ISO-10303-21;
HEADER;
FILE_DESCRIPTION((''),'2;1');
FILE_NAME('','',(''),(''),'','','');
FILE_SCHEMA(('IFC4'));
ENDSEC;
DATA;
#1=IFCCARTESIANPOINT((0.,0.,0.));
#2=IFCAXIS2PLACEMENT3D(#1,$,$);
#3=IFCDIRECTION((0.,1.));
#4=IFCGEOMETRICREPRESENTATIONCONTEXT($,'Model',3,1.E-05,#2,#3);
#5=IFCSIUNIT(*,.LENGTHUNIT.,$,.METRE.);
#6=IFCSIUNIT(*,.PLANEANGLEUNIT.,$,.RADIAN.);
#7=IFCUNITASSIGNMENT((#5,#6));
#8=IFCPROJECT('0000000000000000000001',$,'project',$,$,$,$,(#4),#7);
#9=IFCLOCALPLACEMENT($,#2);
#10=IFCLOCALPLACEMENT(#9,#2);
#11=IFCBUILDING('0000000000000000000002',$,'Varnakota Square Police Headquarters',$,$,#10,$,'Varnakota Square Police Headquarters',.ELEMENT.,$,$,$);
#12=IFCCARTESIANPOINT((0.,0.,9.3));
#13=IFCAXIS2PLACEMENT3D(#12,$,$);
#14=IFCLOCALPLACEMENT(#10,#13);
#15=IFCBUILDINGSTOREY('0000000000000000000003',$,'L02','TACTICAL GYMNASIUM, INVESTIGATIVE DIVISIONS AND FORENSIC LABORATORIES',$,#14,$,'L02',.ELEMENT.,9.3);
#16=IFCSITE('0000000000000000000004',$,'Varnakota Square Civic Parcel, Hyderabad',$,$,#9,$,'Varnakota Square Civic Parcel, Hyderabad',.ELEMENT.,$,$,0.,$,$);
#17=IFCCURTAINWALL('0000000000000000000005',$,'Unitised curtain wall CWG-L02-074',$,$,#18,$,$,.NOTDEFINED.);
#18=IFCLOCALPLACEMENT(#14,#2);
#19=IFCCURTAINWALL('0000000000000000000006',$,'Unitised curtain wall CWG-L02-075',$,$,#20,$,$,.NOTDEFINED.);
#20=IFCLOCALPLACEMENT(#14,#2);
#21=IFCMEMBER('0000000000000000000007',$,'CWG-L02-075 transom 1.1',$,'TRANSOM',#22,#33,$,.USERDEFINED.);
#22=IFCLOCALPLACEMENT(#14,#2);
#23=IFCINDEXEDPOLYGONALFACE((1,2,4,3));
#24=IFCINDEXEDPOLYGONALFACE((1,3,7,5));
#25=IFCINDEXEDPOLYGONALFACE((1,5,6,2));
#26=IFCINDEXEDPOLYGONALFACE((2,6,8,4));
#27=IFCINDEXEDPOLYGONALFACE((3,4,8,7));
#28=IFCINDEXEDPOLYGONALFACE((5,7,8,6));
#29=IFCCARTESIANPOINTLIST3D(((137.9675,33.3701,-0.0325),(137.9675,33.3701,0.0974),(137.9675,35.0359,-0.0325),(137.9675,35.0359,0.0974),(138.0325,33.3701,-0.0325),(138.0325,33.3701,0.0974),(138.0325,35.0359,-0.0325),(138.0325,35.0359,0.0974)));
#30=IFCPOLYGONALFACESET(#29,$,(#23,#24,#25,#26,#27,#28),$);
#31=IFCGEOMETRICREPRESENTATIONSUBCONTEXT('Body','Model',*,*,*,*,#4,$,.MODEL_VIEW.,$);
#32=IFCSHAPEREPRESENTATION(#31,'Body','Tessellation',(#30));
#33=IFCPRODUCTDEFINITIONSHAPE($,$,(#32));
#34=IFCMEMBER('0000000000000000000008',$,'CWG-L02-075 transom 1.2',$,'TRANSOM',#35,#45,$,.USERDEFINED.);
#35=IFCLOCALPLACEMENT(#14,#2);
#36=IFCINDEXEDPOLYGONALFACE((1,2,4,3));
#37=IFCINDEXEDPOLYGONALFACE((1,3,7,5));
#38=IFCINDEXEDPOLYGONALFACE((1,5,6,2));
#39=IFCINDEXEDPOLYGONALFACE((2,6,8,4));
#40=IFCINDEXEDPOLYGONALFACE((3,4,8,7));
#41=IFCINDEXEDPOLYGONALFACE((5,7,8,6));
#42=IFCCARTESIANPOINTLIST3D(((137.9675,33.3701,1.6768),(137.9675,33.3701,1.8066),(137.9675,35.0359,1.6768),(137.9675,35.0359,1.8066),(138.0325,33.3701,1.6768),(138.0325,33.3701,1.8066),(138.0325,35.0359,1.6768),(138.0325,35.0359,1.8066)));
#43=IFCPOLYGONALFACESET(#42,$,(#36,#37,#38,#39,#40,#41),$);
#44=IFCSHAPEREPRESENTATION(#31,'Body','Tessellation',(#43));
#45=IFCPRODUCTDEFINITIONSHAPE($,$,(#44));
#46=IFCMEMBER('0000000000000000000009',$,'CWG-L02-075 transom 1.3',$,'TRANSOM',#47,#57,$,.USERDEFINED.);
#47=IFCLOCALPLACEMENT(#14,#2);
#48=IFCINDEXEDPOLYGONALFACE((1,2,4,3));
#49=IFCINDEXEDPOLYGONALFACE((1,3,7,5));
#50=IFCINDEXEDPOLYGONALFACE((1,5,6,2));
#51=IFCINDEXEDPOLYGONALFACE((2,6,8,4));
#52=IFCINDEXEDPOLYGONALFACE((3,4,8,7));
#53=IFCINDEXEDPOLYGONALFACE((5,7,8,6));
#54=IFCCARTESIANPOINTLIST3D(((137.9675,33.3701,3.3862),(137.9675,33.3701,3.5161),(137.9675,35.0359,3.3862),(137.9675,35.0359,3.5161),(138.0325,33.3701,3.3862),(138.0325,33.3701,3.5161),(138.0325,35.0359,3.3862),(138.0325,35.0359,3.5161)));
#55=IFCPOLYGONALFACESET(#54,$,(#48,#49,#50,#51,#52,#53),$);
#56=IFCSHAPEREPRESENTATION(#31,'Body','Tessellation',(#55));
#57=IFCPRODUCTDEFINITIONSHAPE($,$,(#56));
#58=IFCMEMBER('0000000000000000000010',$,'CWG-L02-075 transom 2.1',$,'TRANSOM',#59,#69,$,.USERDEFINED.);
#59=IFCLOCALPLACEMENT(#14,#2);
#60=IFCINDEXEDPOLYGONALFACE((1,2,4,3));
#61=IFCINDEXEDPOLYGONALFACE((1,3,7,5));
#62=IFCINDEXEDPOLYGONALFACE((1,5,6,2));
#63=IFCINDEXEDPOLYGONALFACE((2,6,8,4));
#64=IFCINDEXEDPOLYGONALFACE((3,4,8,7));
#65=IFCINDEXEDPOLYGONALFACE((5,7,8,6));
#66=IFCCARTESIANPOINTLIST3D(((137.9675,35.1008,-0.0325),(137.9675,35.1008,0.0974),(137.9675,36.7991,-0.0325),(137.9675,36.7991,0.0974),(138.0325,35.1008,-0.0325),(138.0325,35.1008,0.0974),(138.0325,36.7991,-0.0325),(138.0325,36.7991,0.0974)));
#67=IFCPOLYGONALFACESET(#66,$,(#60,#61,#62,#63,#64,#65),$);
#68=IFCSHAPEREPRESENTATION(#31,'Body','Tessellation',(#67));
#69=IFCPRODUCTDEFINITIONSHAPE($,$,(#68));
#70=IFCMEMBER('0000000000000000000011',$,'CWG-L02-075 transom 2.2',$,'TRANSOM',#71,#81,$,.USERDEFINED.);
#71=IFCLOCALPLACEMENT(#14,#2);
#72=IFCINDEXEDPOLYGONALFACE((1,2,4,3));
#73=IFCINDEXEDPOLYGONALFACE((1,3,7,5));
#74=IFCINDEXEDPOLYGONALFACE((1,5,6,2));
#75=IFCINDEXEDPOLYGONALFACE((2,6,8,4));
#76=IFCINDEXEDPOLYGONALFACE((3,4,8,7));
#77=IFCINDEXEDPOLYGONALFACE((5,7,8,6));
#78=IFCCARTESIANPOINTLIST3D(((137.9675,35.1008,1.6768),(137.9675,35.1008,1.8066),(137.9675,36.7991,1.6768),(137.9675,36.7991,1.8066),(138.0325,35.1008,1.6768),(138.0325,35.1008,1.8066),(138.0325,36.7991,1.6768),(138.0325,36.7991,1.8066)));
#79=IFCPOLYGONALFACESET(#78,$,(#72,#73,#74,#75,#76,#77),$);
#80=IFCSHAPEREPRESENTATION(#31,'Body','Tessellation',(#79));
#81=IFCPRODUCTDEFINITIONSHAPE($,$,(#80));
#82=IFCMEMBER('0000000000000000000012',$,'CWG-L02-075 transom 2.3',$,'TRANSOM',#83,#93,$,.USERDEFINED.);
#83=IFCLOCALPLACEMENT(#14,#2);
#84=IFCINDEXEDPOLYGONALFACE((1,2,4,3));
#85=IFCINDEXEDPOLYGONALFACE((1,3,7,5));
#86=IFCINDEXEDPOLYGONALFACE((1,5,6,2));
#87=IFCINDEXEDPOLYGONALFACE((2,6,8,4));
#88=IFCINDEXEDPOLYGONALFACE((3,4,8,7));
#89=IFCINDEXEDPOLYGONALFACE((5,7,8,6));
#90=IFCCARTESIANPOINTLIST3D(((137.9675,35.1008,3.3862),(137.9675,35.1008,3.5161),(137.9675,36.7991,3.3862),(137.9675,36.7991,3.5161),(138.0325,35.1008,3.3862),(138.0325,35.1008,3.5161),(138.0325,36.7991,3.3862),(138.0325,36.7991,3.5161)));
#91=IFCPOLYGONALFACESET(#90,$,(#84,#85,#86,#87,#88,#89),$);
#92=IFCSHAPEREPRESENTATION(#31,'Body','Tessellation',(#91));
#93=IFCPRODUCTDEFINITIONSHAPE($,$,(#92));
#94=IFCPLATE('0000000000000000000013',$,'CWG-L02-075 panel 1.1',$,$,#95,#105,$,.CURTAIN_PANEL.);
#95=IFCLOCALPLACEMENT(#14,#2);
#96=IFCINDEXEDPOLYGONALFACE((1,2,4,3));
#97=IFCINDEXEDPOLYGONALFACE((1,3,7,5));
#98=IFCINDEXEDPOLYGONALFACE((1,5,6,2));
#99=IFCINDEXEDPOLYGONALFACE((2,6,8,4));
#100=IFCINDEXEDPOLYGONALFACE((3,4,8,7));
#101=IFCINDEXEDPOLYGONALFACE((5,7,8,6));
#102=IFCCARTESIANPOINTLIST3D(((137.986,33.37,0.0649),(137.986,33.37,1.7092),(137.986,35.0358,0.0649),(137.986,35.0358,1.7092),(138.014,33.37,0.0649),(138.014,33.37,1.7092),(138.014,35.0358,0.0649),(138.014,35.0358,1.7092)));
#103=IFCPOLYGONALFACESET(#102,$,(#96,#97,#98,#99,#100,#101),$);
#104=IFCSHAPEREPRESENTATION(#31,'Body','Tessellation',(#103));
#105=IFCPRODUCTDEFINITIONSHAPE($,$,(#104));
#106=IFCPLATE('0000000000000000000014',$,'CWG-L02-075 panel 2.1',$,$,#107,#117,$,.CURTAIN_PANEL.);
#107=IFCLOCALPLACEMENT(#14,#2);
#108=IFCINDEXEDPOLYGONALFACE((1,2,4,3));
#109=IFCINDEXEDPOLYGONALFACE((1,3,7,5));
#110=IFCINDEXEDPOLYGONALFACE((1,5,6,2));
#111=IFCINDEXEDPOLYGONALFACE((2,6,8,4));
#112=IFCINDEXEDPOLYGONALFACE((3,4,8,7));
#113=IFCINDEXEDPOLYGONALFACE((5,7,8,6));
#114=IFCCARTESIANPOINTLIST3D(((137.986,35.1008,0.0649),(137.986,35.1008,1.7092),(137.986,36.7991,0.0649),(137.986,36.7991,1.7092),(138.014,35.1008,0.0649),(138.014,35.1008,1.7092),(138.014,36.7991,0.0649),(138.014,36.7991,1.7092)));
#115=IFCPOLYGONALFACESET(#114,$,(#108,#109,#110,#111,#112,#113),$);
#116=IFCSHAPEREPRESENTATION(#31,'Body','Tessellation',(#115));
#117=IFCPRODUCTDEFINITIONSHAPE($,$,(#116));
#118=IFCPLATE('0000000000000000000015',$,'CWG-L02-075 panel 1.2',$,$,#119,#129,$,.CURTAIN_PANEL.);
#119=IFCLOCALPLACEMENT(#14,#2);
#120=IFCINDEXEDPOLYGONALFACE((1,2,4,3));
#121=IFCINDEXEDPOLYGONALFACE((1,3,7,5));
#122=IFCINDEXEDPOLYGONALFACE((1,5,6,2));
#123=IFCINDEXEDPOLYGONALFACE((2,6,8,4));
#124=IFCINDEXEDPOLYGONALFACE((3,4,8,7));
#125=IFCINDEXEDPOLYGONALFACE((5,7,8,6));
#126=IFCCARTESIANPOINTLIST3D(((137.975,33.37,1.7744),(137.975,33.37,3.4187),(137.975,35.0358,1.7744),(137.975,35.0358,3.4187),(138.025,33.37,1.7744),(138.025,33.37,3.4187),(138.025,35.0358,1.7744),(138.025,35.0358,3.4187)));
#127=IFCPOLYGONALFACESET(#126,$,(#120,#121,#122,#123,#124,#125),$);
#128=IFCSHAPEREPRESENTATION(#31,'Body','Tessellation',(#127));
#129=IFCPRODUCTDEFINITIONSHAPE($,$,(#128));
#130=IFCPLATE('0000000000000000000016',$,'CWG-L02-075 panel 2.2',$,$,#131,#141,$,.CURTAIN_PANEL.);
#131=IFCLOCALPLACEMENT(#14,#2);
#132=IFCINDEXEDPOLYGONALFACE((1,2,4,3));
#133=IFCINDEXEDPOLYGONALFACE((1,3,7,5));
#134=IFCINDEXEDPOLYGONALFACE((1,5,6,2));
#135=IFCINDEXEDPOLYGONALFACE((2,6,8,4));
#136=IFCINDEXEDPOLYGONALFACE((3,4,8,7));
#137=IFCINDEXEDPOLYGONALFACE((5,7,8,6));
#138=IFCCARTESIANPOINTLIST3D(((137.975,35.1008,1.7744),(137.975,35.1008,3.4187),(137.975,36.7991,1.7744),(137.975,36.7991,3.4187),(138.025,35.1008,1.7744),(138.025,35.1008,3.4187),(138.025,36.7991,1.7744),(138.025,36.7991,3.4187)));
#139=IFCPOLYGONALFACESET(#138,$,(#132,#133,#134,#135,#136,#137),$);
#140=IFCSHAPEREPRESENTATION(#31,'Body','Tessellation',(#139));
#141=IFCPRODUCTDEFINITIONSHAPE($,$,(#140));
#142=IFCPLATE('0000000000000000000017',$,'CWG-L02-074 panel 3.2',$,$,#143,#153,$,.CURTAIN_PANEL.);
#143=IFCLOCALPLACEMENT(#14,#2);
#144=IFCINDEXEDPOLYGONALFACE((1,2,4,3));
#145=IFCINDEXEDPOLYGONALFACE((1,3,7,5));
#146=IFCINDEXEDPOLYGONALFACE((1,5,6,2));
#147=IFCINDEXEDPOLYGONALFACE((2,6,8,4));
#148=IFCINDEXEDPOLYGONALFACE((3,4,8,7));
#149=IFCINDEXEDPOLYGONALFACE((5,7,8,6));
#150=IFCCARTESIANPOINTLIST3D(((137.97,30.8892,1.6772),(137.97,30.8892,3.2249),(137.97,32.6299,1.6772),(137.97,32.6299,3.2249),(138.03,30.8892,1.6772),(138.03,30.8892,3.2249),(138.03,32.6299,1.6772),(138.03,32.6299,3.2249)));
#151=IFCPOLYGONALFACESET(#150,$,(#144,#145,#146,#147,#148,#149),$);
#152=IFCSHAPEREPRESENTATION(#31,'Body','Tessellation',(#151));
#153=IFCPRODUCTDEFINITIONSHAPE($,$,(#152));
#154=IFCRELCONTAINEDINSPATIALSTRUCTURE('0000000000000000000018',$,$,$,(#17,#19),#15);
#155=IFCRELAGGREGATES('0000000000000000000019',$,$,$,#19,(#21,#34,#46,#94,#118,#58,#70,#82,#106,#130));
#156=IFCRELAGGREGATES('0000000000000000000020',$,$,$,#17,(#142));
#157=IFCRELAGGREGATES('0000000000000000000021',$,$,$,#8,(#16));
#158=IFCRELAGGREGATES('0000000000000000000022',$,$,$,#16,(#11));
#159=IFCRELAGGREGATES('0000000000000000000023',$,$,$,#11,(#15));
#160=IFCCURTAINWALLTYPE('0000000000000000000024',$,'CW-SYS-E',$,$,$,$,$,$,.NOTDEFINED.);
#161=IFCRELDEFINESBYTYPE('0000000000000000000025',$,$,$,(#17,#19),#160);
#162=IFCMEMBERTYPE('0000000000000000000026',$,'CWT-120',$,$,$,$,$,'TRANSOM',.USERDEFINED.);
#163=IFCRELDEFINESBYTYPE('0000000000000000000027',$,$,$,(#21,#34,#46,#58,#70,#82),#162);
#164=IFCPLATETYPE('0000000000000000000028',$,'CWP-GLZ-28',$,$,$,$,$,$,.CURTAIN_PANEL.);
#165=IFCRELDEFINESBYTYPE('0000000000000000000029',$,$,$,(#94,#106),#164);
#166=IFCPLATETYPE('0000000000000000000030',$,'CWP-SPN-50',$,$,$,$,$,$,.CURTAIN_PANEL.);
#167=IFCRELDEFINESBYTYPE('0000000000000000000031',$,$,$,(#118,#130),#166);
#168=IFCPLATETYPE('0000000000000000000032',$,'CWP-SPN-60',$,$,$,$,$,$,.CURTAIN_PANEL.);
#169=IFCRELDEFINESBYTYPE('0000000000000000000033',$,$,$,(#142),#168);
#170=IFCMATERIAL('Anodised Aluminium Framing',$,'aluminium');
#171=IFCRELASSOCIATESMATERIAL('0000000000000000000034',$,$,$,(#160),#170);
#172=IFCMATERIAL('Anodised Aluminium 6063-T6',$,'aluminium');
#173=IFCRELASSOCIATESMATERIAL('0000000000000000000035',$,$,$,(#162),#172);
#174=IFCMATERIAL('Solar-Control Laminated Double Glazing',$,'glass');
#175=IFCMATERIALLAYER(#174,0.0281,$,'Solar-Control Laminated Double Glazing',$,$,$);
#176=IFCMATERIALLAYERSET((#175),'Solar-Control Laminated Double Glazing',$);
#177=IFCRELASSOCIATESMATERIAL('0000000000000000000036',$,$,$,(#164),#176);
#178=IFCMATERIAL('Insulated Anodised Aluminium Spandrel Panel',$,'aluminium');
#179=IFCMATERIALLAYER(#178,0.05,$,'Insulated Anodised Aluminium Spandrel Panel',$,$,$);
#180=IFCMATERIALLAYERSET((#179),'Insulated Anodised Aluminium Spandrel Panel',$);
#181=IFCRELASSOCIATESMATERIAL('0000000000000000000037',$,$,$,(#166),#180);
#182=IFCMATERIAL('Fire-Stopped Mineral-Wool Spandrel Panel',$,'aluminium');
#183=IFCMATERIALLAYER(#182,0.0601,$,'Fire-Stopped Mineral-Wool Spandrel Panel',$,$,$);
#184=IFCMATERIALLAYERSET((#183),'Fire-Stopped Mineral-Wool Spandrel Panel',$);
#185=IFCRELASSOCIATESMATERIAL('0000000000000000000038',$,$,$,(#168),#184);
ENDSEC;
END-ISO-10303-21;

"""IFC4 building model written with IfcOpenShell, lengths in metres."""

from ifc_helpers import new_model, si_unit, direction, frame, origin, origin_2d, place, context, subcontext, project, spatial, rectangle, extrude, material, layer, layer_set, material_profile, profile_set, type_object, element, aggregate, save


model = new_model("IFC4")

# Units and contexts
model_context = context("Model", 3, precision=1e-05, world=origin(), true_north=direction((0.0, 1.0)))
body_context = subcontext(model_context, "Body", "Model", "MODEL_VIEW")
ifc_project = project(units=[si_unit("LENGTHUNIT", "METRE"), si_unit("PLANEANGLEUNIT", "RADIAN")], contexts=[model_context])

# Site, building, storey
site_placement = place(None, origin())
site = spatial("IfcSite", under=ifc_project, at=site_placement, Name="Varnakota Square Civic Parcel, Hyderabad", LongName="Varnakota Square Civic Parcel, Hyderabad", CompositionType="ELEMENT", RefElevation=0.0)
building_placement = place(site_placement, origin())
building = spatial("IfcBuilding", under=site, at=building_placement, Name="Varnakota Square Police Headquarters", LongName="Varnakota Square Police Headquarters", CompositionType="ELEMENT")
storey_placement = place(building_placement, frame((0.0, 0.0, 9.3)))
storey = spatial("IfcBuildingStorey", under=building, at=storey_placement, Name="L02", Description="TACTICAL GYMNASIUM, INVESTIGATIVE DIVISIONS AND FORENSIC LABORATORIES", LongName="L02", CompositionType="ELEMENT", Elevation=9.3)

# Curtain wall
ifc_material_1 = material(Name="Anodised Aluminium Framing", Category="aluminium")
curtain_wall_type = type_object("IfcCurtainWallType", Name="CW-SYS-E", PredefinedType="NOTDEFINED", material=ifc_material_1)
curtain_wall_1_placement = place(storey_placement, origin())
curtain_wall_1 = element("IfcCurtainWall", 1, at=curtain_wall_1_placement, inside=storey, type_object=curtain_wall_type, Name="Unitised curtain wall CWG-L02-074", PredefinedType="NOTDEFINED")
ifc_material_2 = material(Name="Anodised Aluminium 6063-T6", Category="aluminium")

# Curtain wall, members, plates
curtain_wall_2_placement = place(storey_placement, origin())
curtain_wall_2 = element("IfcCurtainWall", 2, at=curtain_wall_2_placement, inside=storey, type_object=curtain_wall_type, Name="Unitised curtain wall CWG-L02-075", PredefinedType="NOTDEFINED")
ifc_material_profile_1 = material_profile(ifc_material_2, rectangle(XDim=0.0649, YDim=0.1299, at=origin_2d()), Name="ALU TRANSOM 65x130")
ifc_profile_set_1 = profile_set([ifc_material_profile_1], Name="Anodised Aluminium 6063-T6")
member_type_1 = type_object("IfcMemberType", Name="CWT-120", ElementType="TRANSOM", PredefinedType="USERDEFINED", material=ifc_profile_set_1)
member_1_placement = place(storey_placement, frame((138.0, 33.3701, 0.0325), z_axis=(0.0, 1.0, 0.0), x_axis=(-1.0, 0.0, 0.0)))
member_1 = element("IfcMember", 3, at=member_1_placement, type_object=member_type_1, Name="CWG-L02-075 transom 1.1", ObjectType="TRANSOM", PredefinedType="USERDEFINED", context=body_context, shape_type="SweptSolid", body=[
    extrude(rectangle(XDim=0.0649, YDim=0.1299, at=origin_2d()), origin(), (0.0, 0.0, 1.0), 1.6658),
])
member_2_placement = place(storey_placement, frame((138.0, 33.3701, 1.7417), z_axis=(0.0, 1.0, 0.0), x_axis=(-1.0, 0.0, 0.0)))
member_2 = element("IfcMember", 4, at=member_2_placement, type_object=member_type_1, Name="CWG-L02-075 transom 1.2", ObjectType="TRANSOM", PredefinedType="USERDEFINED", context=body_context, shape_type="SweptSolid", body=[
    extrude(rectangle(XDim=0.0649, YDim=0.1299, at=origin_2d()), origin(), (0.0, 0.0, 1.0), 1.6658),
])
member_3_placement = place(storey_placement, frame((138.0, 33.3701, 3.4512), z_axis=(0.0, 1.0, 0.0), x_axis=(-1.0, 0.0, 0.0)))
member_3 = element("IfcMember", 5, at=member_3_placement, type_object=member_type_1, Name="CWG-L02-075 transom 1.3", ObjectType="TRANSOM", PredefinedType="USERDEFINED", context=body_context, shape_type="SweptSolid", body=[
    extrude(rectangle(XDim=0.0649, YDim=0.1299, at=origin_2d()), origin(), (0.0, 0.0, 1.0), 1.6658),
])
member_4_placement = place(storey_placement, frame((138.0, 35.1008, 0.0325), z_axis=(0.0, 1.0, 0.0), x_axis=(-1.0, 0.0, 0.0)))
member_4 = element("IfcMember", 6, at=member_4_placement, type_object=member_type_1, Name="CWG-L02-075 transom 2.1", ObjectType="TRANSOM", PredefinedType="USERDEFINED", context=body_context, shape_type="SweptSolid", body=[
    extrude(rectangle(XDim=0.0649, YDim=0.1299, at=origin_2d()), origin(), (0.0, 0.0, 1.0), 1.6982),
])
member_5_placement = place(storey_placement, frame((138.0, 35.1008, 1.7417), z_axis=(0.0, 1.0, 0.0), x_axis=(-1.0, 0.0, 0.0)))
member_5 = element("IfcMember", 7, at=member_5_placement, type_object=member_type_1, Name="CWG-L02-075 transom 2.2", ObjectType="TRANSOM", PredefinedType="USERDEFINED", context=body_context, shape_type="SweptSolid", body=[
    extrude(rectangle(XDim=0.0649, YDim=0.1299, at=origin_2d()), origin(), (0.0, 0.0, 1.0), 1.6982),
])
member_6_placement = place(storey_placement, frame((138.0, 35.1008, 3.4512), z_axis=(0.0, 1.0, 0.0), x_axis=(-1.0, 0.0, 0.0)))
member_6 = element("IfcMember", 8, at=member_6_placement, type_object=member_type_1, Name="CWG-L02-075 transom 2.3", ObjectType="TRANSOM", PredefinedType="USERDEFINED", context=body_context, shape_type="SweptSolid", body=[
    extrude(rectangle(XDim=0.0649, YDim=0.1299, at=origin_2d()), origin(), (0.0, 0.0, 1.0), 1.6982),
])
ifc_material_3 = material(Name="Solar-Control Laminated Double Glazing", Category="glass")
ifc_layer_1 = layer(ifc_material_3, 0.0281, Name="Solar-Control Laminated Double Glazing")
ifc_layer_set_1 = layer_set([ifc_layer_1], Name="Solar-Control Laminated Double Glazing")
plate_type_1 = type_object("IfcPlateType", Name="CWP-GLZ-28", PredefinedType="CURTAIN_PANEL", material=ifc_layer_set_1)
plate_1_placement = place(storey_placement, frame((138.0, 34.2029, 0.0649), z_axis=(0.0, 0.0, 1.0), x_axis=(0.0, 1.0, 0.0)))
plate_1 = element("IfcPlate", 9, at=plate_1_placement, type_object=plate_type_1, Name="CWG-L02-075 panel 1.1", PredefinedType="CURTAIN_PANEL", context=body_context, shape_type="SweptSolid", body=[
    extrude(rectangle(XDim=1.6658, YDim=0.0281, at=origin_2d()), origin(), (0.0, 0.0, 1.0), 1.6443),
])
plate_2_placement = place(storey_placement, frame((138.0, 35.95, 0.0649), z_axis=(0.0, 0.0, 1.0), x_axis=(0.0, 1.0, 0.0)))
plate_2 = element("IfcPlate", 10, at=plate_2_placement, type_object=plate_type_1, Name="CWG-L02-075 panel 2.1", PredefinedType="CURTAIN_PANEL", context=body_context, shape_type="SweptSolid", body=[
    extrude(rectangle(XDim=1.6982, YDim=0.0281, at=origin_2d()), origin(), (0.0, 0.0, 1.0), 1.6443),
])
ifc_material_4 = material(Name="Insulated Anodised Aluminium Spandrel Panel", Category="aluminium")
ifc_layer_2 = layer(ifc_material_4, 0.05, Name="Insulated Anodised Aluminium Spandrel Panel")
ifc_layer_set_2 = layer_set([ifc_layer_2], Name="Insulated Anodised Aluminium Spandrel Panel")
plate_type_2 = type_object("IfcPlateType", Name="CWP-SPN-50", PredefinedType="CURTAIN_PANEL", material=ifc_layer_set_2)
plate_3_placement = place(storey_placement, frame((138.0, 34.2029, 1.7744), z_axis=(0.0, 0.0, 1.0), x_axis=(0.0, 1.0, 0.0)))
plate_3 = element("IfcPlate", 11, at=plate_3_placement, type_object=plate_type_2, Name="CWG-L02-075 panel 1.2", PredefinedType="CURTAIN_PANEL", context=body_context, shape_type="SweptSolid", body=[
    extrude(rectangle(XDim=1.6658, YDim=0.05, at=origin_2d()), origin(), (0.0, 0.0, 1.0), 1.6443),
])
plate_4_placement = place(storey_placement, frame((138.0, 35.95, 1.7744), z_axis=(0.0, 0.0, 1.0), x_axis=(0.0, 1.0, 0.0)))
plate_4 = element("IfcPlate", 12, at=plate_4_placement, type_object=plate_type_2, Name="CWG-L02-075 panel 2.2", PredefinedType="CURTAIN_PANEL", context=body_context, shape_type="SweptSolid", body=[
    extrude(rectangle(XDim=1.6982, YDim=0.05, at=origin_2d()), origin(), (0.0, 0.0, 1.0), 1.6443),
])
aggregate(curtain_wall_2, [member_1, member_2, member_3, plate_1, plate_3, member_4, member_5, member_6, plate_2, plate_4])

# Plate
ifc_material_5 = material(Name="Fire-Stopped Mineral-Wool Spandrel Panel", Category="aluminium")
ifc_layer_3 = layer(ifc_material_5, 0.0601, Name="Fire-Stopped Mineral-Wool Spandrel Panel")
ifc_layer_set_3 = layer_set([ifc_layer_3], Name="Fire-Stopped Mineral-Wool Spandrel Panel")
plate_type_3 = type_object("IfcPlateType", Name="CWP-SPN-60", PredefinedType="CURTAIN_PANEL", material=ifc_layer_set_3)
plate_5_placement = place(storey_placement, frame((138.0, 31.7595, 1.6772), z_axis=(0.0, 0.0, 1.0), x_axis=(0.0, 1.0, 0.0)))
plate_5 = element("IfcPlate", 13, at=plate_5_placement, type_object=plate_type_3, Name="CWG-L02-074 panel 3.2", PredefinedType="CURTAIN_PANEL", context=body_context, shape_type="SweptSolid", body=[
    extrude(rectangle(XDim=1.7407, YDim=0.0601, at=origin_2d()), origin(), (0.0, 0.0, 1.0), 1.5476),
])
aggregate(curtain_wall_1, [plate_5])

save(model, "model.ifc")
